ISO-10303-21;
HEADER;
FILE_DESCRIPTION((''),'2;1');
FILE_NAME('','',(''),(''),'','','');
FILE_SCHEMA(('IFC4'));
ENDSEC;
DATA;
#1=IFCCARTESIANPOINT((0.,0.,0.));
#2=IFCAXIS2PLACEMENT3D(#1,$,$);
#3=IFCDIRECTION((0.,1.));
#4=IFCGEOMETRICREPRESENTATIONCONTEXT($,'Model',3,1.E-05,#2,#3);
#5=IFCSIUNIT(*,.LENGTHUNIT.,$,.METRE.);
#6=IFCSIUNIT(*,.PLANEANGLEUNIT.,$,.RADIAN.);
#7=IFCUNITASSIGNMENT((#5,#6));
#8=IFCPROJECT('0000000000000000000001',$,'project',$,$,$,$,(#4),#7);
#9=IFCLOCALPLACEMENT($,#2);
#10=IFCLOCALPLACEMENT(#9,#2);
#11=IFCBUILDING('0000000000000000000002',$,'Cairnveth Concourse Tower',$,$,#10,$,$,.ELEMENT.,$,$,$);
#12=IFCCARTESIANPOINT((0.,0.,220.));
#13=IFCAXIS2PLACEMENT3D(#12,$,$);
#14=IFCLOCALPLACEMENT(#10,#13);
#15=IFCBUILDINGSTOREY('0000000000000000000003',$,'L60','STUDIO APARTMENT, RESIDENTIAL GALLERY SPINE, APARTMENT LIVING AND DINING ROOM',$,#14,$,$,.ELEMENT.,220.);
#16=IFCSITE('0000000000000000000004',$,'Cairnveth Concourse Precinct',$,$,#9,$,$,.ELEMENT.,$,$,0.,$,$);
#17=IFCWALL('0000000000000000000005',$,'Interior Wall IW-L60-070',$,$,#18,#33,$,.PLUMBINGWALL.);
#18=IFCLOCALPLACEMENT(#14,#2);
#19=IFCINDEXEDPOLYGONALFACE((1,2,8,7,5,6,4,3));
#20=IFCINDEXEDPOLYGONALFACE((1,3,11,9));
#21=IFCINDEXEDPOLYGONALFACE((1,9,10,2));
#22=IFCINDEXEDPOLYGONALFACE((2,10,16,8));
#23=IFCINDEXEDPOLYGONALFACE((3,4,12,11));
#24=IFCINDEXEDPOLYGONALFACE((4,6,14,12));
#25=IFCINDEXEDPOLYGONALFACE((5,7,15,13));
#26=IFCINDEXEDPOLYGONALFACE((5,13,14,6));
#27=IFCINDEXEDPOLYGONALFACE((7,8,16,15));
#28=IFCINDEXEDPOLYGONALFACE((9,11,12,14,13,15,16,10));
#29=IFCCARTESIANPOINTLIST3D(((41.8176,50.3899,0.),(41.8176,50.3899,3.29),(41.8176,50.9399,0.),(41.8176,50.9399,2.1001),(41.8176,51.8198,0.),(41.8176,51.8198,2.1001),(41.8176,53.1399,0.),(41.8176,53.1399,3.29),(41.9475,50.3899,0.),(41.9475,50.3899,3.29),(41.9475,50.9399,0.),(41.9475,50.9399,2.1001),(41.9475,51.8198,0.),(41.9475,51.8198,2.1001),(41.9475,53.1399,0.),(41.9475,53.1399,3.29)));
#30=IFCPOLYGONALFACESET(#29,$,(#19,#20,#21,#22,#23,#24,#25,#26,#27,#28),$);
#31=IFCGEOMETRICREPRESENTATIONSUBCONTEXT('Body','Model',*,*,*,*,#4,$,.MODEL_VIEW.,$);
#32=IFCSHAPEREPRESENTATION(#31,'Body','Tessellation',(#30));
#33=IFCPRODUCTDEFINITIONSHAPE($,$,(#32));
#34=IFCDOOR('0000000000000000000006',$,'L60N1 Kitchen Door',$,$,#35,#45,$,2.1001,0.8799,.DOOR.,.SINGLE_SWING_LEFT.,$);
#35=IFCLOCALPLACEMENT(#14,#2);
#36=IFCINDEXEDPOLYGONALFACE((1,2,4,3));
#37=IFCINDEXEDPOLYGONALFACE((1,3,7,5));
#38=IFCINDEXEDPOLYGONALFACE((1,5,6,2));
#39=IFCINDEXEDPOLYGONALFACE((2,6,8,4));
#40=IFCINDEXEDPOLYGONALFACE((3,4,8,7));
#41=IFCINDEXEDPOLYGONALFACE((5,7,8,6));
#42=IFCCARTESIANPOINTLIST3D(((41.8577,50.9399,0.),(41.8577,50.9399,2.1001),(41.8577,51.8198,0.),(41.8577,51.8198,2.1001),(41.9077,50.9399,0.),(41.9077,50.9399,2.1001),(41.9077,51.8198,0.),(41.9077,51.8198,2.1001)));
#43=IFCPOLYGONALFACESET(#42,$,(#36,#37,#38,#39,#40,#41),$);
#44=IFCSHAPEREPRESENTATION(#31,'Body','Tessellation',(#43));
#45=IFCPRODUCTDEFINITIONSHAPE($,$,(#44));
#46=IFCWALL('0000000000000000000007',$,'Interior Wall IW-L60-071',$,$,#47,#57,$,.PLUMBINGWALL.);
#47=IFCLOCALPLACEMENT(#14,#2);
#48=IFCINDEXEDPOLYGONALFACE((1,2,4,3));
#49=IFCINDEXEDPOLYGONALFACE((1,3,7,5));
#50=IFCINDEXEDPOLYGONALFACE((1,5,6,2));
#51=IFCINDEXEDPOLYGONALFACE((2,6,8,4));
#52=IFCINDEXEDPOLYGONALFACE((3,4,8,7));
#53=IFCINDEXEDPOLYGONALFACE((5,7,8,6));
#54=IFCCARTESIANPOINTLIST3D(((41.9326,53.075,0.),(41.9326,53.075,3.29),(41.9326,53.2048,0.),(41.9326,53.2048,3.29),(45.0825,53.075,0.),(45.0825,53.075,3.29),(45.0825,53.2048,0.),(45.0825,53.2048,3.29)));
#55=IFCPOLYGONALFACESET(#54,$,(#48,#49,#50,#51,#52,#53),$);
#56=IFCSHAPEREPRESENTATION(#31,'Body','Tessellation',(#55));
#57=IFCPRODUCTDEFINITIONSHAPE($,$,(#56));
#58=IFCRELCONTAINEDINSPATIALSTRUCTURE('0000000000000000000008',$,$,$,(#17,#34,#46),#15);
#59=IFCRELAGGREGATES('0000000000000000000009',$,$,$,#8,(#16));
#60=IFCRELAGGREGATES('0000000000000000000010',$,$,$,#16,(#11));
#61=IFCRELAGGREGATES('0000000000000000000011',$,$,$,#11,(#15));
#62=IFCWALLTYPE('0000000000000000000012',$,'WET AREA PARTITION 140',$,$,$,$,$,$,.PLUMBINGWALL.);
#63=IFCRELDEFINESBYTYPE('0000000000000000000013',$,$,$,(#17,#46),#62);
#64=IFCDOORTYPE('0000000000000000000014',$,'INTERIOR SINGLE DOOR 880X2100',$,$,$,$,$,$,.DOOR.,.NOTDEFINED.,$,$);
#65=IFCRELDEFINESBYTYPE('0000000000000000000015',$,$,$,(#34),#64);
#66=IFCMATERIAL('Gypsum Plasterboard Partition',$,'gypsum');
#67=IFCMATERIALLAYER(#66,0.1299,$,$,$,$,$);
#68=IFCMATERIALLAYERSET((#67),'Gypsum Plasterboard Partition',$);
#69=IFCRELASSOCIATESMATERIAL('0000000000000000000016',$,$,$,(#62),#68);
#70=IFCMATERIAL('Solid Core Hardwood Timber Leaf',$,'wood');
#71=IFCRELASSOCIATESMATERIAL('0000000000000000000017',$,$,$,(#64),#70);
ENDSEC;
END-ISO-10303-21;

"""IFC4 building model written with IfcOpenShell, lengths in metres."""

from ifc_helpers import new_model, si_unit, direction, frame, frame_2d, origin, place, context, subcontext, project, spatial, rectangle, extrude, material, layer, layer_set, type_object, element, fill, save


model = new_model("IFC4")

# Units and contexts
model_context = context("Model", 3, precision=1e-05, world=origin(), true_north=direction((0.0, 1.0)))
body_context = subcontext(model_context, "Body", "Model", "MODEL_VIEW")
ifc_project = project(units=[si_unit("LENGTHUNIT", "METRE"), si_unit("PLANEANGLEUNIT", "RADIAN")], contexts=[model_context])

# Site, building, storey
site_placement = place(None, origin())
site = spatial("IfcSite", under=ifc_project, at=site_placement, Name="Cairnveth Concourse Precinct", CompositionType="ELEMENT", RefElevation=0.0)
building_placement = place(site_placement, origin())
building = spatial("IfcBuilding", under=site, at=building_placement, Name="Cairnveth Concourse Tower", CompositionType="ELEMENT")
storey_placement = place(building_placement, frame((0.0, 0.0, 220.0)))
storey = spatial("IfcBuildingStorey", under=building, at=storey_placement, Name="L60", Description="STUDIO APARTMENT, RESIDENTIAL GALLERY SPINE, APARTMENT LIVING AND DINING ROOM", CompositionType="ELEMENT", Elevation=220.0)

# Shared definitions
ifc_material_1 = material(Name="Gypsum Plasterboard Partition", Category="gypsum")
ifc_layer_1 = layer(ifc_material_1, 0.1299)
ifc_layer_set_1 = layer_set([ifc_layer_1], Name="Gypsum Plasterboard Partition")
wall_type_1 = type_object("IfcWallType", Name="WET AREA PARTITION 140", PredefinedType="PLUMBINGWALL", material=ifc_layer_set_1)
ifc_material_2 = material(Name="Solid Core Hardwood Timber Leaf", Category="wood")

# Wall, opening, door
wall_1_placement = place(storey_placement, frame((41.8826, 50.3899, 0.0), z_axis=(0.0, 0.0, 1.0), x_axis=(0.0, 1.0, 0.0)))
wall_1 = element("IfcWall", 1, at=wall_1_placement, inside=storey, type_object=wall_type_1, Name="Interior Wall IW-L60-070", PredefinedType="PLUMBINGWALL", context=body_context, shape_type="SweptSolid", body=[
    extrude(rectangle(XDim=2.75, YDim=0.1299, at=frame_2d((1.375, 0.0))), origin(), (0.0, 0.0, 1.0), 3.29),
])
opening_1_placement = place(wall_1_placement, frame((0.55, 0.0, 0.0)))
opening_1 = element("IfcOpeningElement", 2, at=opening_1_placement, cuts=wall_1, PredefinedType="OPENING", context=body_context, shape_type="SweptSolid", body=[
    extrude(rectangle(XDim=0.8799, YDim=2.1001, at=frame_2d((0.4399, 1.05))), frame((0.0, 0.075, 0.0), z_axis=(0.0, -1.0, 0.0), x_axis=(1.0, 0.0, 0.0)), (0.0, 0.0, 1.0), 0.1499),
])
door_type_1 = type_object("IfcDoorType", Name="INTERIOR SINGLE DOOR 880X2100", OperationType="NOTDEFINED", PredefinedType="DOOR", material=ifc_material_2)
door_1_placement = place(opening_1_placement, origin())
door_1 = element("IfcDoor", 3, at=door_1_placement, inside=storey, type_object=door_type_1, Name="L60N1 Kitchen Door", OperationType="SINGLE_SWING_LEFT", OverallHeight=2.1001, OverallWidth=0.8799, PredefinedType="DOOR", context=body_context, shape_type="SweptSolid", body=[
    extrude(rectangle(XDim=0.8799, YDim=2.1001, at=frame_2d((0.4399, 1.05))), frame((0.0, 0.0249, 0.0), z_axis=(0.0, -1.0, 0.0), x_axis=(1.0, 0.0, 0.0)), (0.0, 0.0, 1.0), 0.05),
])
fill(opening_1, door_1)

# Wall
wall_2_placement = place(storey_placement, frame((41.9326, 53.1399, 0.0), z_axis=(0.0, 0.0, 1.0), x_axis=(1.0, 0.0, 0.0)))
element("IfcWall", 4, at=wall_2_placement, inside=storey, type_object=wall_type_1, Name="Interior Wall IW-L60-071", PredefinedType="PLUMBINGWALL", context=body_context, shape_type="SweptSolid", body=[
    extrude(rectangle(XDim=3.1499, YDim=0.1299, at=frame_2d((1.575, 0.0))), origin(), (0.0, 0.0, 1.0), 3.29),
])

save(model, "model.ifc")
